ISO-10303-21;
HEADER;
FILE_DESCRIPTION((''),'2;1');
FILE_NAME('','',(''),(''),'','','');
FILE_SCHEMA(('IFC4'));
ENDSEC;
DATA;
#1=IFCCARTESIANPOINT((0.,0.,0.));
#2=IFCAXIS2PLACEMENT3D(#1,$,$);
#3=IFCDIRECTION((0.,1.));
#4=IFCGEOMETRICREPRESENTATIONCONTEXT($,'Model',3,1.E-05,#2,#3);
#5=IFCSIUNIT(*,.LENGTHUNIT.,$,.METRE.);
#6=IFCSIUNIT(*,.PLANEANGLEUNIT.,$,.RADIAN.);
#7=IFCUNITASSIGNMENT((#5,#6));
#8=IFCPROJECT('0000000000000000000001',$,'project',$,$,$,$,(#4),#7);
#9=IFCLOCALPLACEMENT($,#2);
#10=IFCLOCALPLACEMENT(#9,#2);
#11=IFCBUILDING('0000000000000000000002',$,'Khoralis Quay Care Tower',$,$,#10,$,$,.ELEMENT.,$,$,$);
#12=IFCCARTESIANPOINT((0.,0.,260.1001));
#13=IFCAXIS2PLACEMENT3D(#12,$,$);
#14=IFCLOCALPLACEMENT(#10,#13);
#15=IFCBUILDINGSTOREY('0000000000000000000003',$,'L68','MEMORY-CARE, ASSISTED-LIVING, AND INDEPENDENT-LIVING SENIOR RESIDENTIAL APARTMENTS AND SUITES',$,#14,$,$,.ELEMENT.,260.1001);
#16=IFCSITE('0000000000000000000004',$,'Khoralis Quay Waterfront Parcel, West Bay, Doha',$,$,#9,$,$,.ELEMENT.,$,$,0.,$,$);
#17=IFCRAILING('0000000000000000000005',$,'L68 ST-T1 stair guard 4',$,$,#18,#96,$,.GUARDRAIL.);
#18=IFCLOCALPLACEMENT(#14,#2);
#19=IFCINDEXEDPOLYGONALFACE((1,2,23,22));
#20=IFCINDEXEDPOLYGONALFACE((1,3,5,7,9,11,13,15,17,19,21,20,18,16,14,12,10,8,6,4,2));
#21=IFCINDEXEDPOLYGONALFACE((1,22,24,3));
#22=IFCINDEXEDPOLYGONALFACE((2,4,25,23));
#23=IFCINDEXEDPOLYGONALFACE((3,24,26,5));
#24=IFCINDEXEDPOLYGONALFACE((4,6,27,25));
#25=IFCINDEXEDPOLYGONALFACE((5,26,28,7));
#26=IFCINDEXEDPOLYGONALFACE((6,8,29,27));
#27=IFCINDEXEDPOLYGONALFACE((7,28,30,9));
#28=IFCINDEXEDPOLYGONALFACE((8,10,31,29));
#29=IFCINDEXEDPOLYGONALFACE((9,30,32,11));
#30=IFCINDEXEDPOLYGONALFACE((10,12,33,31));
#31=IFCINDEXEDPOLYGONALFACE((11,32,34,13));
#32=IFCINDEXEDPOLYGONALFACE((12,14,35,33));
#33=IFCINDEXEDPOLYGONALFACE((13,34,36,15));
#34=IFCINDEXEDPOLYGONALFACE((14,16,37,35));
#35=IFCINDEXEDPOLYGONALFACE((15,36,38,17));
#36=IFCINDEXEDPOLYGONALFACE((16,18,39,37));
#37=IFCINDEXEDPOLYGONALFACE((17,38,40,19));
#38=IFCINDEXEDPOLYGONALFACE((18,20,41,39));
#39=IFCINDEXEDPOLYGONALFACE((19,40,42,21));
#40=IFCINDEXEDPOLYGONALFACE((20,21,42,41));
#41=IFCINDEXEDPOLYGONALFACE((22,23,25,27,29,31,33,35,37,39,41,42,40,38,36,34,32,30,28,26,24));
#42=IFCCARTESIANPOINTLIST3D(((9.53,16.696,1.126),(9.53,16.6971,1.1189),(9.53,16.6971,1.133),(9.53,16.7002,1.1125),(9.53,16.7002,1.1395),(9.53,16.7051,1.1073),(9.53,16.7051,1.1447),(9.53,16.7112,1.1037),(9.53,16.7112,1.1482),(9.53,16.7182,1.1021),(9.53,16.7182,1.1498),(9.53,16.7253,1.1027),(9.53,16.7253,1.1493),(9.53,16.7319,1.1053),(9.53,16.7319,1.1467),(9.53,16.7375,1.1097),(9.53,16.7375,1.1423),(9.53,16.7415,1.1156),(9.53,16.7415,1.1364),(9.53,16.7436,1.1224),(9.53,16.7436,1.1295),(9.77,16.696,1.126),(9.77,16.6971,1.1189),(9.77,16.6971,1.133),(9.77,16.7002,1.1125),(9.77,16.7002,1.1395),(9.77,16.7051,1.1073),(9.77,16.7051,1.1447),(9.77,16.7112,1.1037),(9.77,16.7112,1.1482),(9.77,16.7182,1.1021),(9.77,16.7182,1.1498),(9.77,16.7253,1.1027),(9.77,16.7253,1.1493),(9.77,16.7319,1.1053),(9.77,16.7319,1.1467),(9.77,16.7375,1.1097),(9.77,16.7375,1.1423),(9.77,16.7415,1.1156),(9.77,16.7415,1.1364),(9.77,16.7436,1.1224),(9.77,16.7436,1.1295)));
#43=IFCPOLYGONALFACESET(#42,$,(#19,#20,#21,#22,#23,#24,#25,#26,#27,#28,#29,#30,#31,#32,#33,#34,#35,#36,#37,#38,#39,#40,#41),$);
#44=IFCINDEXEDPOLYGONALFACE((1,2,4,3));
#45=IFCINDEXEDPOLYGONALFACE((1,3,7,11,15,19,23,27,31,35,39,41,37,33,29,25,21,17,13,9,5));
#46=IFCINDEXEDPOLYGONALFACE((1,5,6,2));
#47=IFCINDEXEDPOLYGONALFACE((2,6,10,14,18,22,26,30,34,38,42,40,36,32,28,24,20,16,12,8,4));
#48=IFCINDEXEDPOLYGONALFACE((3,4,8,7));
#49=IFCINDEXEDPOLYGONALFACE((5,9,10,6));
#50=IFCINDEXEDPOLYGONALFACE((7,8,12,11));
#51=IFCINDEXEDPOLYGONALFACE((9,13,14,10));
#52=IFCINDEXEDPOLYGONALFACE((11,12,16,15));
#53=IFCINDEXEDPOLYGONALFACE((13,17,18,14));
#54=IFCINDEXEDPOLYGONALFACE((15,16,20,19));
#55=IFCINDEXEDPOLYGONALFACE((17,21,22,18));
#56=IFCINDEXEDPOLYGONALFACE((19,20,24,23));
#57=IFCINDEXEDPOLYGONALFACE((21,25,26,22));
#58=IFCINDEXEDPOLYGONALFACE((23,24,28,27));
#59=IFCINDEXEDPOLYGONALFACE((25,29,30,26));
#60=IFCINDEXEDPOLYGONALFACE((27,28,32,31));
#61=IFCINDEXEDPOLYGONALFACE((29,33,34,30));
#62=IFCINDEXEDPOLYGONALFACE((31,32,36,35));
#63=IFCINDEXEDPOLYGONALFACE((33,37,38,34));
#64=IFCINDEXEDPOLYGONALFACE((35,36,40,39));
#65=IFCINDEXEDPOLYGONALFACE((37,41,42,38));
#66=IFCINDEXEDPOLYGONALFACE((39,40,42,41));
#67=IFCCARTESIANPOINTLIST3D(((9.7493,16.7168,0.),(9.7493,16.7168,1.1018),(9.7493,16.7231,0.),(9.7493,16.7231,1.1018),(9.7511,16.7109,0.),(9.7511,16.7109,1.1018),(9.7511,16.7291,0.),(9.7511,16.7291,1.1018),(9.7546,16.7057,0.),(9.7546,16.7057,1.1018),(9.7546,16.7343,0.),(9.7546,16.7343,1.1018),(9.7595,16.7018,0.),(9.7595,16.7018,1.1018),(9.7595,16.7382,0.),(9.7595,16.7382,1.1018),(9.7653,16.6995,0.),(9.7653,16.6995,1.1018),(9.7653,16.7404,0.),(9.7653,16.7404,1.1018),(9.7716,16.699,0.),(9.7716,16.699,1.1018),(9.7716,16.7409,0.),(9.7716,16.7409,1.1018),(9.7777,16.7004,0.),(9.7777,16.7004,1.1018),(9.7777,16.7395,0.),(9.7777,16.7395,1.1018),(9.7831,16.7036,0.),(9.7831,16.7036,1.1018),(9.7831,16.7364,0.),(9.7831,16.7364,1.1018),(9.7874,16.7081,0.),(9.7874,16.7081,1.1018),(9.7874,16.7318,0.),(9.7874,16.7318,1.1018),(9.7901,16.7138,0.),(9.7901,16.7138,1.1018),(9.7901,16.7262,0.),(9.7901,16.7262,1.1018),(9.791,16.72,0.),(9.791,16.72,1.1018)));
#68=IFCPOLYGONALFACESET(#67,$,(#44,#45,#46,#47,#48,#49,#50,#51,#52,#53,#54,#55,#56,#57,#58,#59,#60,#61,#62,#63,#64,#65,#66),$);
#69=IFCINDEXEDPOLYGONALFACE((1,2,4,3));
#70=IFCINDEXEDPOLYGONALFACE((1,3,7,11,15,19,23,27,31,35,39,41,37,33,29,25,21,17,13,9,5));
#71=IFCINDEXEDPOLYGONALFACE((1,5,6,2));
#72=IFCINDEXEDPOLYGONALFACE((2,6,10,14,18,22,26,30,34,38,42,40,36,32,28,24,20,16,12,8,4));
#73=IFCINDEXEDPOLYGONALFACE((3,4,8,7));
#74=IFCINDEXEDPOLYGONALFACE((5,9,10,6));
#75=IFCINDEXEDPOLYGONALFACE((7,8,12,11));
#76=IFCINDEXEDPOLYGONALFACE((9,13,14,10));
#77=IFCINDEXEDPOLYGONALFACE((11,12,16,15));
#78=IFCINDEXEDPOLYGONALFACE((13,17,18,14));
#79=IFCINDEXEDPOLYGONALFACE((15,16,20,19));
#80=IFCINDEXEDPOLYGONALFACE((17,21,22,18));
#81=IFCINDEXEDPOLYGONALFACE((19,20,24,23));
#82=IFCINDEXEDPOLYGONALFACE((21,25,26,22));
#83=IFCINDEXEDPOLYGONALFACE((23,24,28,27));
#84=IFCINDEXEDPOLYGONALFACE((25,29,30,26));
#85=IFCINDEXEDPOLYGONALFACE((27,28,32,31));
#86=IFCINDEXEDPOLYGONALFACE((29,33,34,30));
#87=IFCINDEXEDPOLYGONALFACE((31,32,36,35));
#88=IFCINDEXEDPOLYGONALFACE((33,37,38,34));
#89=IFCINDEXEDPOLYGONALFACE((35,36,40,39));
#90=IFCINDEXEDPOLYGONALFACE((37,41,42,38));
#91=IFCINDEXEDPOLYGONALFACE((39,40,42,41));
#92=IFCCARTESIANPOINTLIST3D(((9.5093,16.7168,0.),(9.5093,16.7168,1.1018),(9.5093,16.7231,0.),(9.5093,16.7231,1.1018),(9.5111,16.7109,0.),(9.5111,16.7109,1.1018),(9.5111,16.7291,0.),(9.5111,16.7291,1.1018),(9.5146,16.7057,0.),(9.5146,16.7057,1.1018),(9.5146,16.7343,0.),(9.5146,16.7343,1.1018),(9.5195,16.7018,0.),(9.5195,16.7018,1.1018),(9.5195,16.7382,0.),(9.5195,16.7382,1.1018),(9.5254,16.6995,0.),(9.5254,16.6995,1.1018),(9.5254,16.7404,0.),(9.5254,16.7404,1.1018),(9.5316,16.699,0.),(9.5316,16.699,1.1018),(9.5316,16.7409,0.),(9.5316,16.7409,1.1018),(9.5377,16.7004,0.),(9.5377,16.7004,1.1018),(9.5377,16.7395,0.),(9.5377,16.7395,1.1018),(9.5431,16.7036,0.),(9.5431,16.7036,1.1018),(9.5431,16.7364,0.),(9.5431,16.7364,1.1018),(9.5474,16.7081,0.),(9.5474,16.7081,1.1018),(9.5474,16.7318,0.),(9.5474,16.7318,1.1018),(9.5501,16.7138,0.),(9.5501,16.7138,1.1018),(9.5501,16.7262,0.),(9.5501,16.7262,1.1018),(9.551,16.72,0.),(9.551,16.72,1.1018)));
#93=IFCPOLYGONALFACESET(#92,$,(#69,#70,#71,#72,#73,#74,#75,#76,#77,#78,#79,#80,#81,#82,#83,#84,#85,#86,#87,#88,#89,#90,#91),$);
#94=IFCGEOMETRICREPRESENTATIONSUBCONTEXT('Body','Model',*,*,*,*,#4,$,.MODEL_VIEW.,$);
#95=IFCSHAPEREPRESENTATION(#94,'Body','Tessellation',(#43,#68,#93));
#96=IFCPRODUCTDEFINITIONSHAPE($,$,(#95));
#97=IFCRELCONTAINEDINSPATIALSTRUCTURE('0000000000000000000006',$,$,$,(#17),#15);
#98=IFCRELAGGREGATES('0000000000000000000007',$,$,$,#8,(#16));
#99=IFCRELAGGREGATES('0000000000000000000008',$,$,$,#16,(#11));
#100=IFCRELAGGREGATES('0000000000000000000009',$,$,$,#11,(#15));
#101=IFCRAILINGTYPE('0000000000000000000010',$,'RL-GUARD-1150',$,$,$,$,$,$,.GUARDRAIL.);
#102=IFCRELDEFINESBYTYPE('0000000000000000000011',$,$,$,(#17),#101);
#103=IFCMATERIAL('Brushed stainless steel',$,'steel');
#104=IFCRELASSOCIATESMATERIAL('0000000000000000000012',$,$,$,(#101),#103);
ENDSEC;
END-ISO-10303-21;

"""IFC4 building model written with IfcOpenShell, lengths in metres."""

from ifc_helpers import new_model, si_unit, direction, frame, origin, origin_2d, place, context, subcontext, project, spatial, circle, extrude, material, type_object, element, save


model = new_model("IFC4")

# Units and contexts
model_context = context("Model", 3, precision=1e-05, world=origin(), true_north=direction((0.0, 1.0)))
body_context = subcontext(model_context, "Body", "Model", "MODEL_VIEW")
ifc_project = project(units=[si_unit("LENGTHUNIT", "METRE"), si_unit("PLANEANGLEUNIT", "RADIAN")], contexts=[model_context])

# Site, building, storey
site_placement = place(None, origin())
site = spatial("IfcSite", under=ifc_project, at=site_placement, Name="Khoralis Quay Waterfront Parcel, West Bay, Doha", CompositionType="ELEMENT", RefElevation=0.0)
building_placement = place(site_placement, origin())
building = spatial("IfcBuilding", under=site, at=building_placement, Name="Khoralis Quay Care Tower", CompositionType="ELEMENT")
storey_placement = place(building_placement, frame((0.0, 0.0, 260.1001)))
storey = spatial("IfcBuildingStorey", under=building, at=storey_placement, Name="L68", Description="MEMORY-CARE, ASSISTED-LIVING, AND INDEPENDENT-LIVING SENIOR RESIDENTIAL APARTMENTS AND SUITES", CompositionType="ELEMENT", Elevation=260.1001)

# Railing
ifc_material_1 = material(Name="Brushed stainless steel", Category="steel")
railing_type_1 = type_object("IfcRailingType", Name="RL-GUARD-1150", PredefinedType="GUARDRAIL", material=ifc_material_1)
railing_1_placement = place(storey_placement, frame((9.77, 16.72, 0.0)))
element("IfcRailing", 1, at=railing_1_placement, inside=storey, type_object=railing_type_1, Name="L68 ST-T1 stair guard 4", PredefinedType="GUARDRAIL", context=body_context, shape_type="SweptSolid", body=[
    extrude(circle(Radius=0.0239, at=origin_2d()), frame((0.0, 0.0, 1.126), z_axis=(-1.0, 0.0, 0.0), x_axis=(0.0, -1.0, 0.0)), (0.0, 0.0, 1.0), 0.24),
    extrude(circle(Radius=0.021, at=origin_2d()), origin(), (0.0, 0.0, 1.0), 1.1018),
    extrude(circle(Radius=0.021, at=origin_2d()), frame((-0.24, 0.0, 0.0)), (0.0, 0.0, 1.0), 1.1018),
])

save(model, "model.ifc")
